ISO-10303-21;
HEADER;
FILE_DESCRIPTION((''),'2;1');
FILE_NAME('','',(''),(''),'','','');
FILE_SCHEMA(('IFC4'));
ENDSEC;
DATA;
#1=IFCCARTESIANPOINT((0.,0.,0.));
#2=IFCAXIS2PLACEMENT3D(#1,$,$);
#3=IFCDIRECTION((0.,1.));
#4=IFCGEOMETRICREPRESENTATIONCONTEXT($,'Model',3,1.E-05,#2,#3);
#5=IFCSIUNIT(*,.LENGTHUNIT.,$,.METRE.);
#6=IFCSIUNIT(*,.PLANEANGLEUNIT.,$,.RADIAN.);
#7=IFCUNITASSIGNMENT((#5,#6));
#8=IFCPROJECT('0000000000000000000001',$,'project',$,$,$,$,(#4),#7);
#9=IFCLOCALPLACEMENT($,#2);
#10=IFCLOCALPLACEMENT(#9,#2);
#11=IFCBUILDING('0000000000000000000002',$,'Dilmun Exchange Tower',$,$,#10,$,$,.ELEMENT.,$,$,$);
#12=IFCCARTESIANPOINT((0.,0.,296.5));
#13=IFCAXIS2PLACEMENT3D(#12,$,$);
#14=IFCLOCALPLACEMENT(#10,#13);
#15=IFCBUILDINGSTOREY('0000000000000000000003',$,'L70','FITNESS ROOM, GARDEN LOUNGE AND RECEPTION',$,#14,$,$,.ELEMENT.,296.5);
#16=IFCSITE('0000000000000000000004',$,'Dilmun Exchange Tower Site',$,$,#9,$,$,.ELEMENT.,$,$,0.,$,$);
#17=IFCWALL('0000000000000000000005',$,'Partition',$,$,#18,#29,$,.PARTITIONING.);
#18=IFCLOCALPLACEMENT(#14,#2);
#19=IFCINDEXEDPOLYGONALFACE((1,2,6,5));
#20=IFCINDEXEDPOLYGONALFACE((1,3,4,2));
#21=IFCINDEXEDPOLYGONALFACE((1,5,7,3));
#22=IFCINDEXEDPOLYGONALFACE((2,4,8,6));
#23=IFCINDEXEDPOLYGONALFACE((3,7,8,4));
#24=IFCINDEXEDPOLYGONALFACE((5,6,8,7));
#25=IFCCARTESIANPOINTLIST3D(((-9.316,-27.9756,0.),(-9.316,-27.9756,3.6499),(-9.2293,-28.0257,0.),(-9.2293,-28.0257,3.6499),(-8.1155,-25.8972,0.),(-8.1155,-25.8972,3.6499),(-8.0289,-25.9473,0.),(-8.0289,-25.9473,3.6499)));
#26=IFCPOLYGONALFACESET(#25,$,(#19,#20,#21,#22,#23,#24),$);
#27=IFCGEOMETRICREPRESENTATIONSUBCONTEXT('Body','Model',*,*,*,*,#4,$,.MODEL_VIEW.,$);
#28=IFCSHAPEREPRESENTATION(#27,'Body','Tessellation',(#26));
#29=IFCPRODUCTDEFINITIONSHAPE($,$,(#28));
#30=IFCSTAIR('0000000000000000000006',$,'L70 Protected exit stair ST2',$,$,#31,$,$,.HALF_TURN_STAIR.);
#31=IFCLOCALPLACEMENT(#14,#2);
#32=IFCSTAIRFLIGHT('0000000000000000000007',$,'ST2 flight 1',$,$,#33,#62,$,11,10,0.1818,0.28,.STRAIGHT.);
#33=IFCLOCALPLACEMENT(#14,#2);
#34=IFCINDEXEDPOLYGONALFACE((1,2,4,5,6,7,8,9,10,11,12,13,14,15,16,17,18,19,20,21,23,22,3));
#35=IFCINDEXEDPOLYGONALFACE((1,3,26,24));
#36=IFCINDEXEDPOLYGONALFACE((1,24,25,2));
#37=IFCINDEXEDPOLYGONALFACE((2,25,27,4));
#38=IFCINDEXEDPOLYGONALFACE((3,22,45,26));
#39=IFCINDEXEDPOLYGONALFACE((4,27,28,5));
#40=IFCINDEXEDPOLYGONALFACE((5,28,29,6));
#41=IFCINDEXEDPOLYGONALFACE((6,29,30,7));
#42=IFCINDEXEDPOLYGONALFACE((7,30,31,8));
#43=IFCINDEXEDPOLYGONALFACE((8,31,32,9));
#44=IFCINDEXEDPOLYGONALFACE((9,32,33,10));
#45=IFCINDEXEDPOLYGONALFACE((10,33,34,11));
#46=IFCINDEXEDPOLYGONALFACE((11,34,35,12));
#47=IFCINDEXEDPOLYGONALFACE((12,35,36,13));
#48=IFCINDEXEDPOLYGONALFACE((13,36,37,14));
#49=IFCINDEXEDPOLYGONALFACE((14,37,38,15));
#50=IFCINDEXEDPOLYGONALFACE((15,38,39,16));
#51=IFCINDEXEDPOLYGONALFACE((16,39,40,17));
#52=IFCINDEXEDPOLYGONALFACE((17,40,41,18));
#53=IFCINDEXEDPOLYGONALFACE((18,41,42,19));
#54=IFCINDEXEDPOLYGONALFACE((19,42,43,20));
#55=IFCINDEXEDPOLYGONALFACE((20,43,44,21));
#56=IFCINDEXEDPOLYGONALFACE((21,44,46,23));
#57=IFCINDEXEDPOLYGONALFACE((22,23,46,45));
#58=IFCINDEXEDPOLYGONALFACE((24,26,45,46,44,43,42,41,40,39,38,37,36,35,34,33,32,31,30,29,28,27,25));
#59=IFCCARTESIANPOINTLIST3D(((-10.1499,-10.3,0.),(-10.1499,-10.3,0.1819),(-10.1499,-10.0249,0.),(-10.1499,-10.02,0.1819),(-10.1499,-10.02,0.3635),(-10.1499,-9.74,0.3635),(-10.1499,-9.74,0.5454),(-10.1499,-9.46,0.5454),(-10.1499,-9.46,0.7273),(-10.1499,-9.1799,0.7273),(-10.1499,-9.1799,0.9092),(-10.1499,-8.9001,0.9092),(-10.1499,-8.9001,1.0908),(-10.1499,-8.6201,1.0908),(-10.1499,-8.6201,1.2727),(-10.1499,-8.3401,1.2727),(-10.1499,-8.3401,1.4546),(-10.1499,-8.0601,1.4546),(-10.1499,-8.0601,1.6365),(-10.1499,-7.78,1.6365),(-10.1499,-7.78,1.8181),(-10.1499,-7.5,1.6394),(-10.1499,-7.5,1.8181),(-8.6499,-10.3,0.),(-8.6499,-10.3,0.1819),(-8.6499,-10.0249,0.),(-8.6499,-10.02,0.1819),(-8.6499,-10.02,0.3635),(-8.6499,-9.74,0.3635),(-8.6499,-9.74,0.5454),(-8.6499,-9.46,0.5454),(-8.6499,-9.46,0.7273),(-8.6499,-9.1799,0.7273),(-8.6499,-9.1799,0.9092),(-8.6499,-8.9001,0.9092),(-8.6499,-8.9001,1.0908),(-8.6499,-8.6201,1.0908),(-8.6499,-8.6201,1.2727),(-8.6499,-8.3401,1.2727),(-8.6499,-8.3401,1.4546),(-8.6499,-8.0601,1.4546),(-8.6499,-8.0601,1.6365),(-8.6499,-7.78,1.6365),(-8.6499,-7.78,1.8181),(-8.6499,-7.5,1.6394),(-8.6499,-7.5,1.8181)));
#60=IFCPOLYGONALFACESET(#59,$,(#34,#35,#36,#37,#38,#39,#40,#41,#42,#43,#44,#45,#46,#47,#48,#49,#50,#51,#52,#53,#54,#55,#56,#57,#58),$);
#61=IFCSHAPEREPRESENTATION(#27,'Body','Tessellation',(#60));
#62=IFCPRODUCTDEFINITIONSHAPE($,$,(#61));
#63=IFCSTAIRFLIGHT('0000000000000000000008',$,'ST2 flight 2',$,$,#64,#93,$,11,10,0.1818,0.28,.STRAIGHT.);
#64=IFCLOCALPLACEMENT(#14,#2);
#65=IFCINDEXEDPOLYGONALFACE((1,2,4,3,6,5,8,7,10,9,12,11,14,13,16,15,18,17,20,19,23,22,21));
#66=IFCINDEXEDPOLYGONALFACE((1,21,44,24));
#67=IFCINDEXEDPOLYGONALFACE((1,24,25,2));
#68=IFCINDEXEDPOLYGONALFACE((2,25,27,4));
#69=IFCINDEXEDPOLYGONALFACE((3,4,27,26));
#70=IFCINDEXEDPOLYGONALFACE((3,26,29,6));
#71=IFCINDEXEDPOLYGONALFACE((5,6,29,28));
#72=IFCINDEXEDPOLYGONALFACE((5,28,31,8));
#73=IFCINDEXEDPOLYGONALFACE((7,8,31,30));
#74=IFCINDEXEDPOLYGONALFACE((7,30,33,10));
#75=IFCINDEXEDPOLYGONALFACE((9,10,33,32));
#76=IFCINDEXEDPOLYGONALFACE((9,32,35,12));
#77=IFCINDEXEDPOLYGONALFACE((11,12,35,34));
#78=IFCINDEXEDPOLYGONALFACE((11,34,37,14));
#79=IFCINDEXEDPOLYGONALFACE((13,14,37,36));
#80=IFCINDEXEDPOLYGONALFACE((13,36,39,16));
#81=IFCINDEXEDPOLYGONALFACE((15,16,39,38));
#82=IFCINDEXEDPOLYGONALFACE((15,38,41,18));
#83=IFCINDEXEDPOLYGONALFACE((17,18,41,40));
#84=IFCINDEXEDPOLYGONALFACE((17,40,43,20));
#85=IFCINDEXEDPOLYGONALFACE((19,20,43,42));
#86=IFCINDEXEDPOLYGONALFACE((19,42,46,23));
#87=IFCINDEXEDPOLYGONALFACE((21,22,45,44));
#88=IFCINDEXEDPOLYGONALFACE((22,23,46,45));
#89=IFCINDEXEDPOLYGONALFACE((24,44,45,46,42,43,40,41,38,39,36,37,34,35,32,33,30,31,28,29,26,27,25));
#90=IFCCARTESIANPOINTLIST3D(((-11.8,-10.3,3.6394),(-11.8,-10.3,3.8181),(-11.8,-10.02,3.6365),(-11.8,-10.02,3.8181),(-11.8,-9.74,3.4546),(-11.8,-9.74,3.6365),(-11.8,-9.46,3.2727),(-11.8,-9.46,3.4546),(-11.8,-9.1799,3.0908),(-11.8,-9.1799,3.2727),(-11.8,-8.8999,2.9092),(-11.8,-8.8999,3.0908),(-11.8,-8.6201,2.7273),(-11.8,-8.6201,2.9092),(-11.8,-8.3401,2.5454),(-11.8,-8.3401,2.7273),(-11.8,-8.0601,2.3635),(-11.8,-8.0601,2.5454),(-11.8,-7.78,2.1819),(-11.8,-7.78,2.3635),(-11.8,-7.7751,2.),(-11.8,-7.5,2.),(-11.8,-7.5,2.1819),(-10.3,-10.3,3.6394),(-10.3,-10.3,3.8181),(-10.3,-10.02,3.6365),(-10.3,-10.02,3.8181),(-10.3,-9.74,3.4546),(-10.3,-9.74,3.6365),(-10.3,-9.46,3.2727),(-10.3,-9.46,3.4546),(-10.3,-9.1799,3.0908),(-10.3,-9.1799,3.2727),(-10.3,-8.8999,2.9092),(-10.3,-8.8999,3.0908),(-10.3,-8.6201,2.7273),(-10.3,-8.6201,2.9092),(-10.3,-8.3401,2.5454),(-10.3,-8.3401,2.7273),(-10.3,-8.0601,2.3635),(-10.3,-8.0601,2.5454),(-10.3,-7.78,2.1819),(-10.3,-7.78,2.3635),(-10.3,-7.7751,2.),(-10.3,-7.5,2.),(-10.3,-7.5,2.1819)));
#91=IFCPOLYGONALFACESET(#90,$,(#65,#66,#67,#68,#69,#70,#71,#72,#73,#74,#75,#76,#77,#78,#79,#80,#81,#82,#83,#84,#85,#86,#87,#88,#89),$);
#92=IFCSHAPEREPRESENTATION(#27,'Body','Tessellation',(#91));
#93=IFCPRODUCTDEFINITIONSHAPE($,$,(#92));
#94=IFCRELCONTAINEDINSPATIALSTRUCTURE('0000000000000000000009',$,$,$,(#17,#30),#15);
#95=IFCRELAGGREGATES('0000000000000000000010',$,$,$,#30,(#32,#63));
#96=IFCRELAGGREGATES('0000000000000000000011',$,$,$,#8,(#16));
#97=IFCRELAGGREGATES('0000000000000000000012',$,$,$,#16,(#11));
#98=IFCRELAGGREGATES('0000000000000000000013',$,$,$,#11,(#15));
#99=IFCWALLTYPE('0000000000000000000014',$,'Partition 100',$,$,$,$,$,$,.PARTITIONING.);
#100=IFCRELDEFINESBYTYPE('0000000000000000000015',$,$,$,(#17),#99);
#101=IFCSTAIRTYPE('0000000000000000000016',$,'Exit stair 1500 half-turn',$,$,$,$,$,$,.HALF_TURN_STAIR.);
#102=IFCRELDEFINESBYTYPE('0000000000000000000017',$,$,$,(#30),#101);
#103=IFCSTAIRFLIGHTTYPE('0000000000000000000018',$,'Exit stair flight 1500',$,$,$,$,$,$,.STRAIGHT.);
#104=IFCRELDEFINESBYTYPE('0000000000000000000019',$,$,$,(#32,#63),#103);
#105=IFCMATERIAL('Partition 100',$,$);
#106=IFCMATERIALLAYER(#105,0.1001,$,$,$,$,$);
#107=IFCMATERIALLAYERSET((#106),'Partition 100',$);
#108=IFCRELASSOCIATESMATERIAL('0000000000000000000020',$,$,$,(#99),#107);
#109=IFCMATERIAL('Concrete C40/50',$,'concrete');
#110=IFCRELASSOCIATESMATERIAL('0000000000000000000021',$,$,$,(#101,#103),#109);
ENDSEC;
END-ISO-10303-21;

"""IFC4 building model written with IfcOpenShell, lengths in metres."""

from ifc_helpers import new_model, si_unit, direction, frame, frame_2d, origin, place, context, subcontext, project, spatial, polyline, rectangle, outline, extrude, material, layer, layer_set, type_object, element, aggregate, save


model = new_model("IFC4")

# Units and contexts
model_context = context("Model", 3, precision=1e-05, world=origin(), true_north=direction((0.0, 1.0)))
body_context = subcontext(model_context, "Body", "Model", "MODEL_VIEW")
ifc_project = project(units=[si_unit("LENGTHUNIT", "METRE"), si_unit("PLANEANGLEUNIT", "RADIAN")], contexts=[model_context])

# Site, building, storey
site_placement = place(None, origin())
site = spatial("IfcSite", under=ifc_project, at=site_placement, Name="Dilmun Exchange Tower Site", CompositionType="ELEMENT", RefElevation=0.0)
building_placement = place(site_placement, origin())
building = spatial("IfcBuilding", under=site, at=building_placement, Name="Dilmun Exchange Tower", CompositionType="ELEMENT")
storey_placement = place(building_placement, frame((0.0, 0.0, 296.5)))
storey = spatial("IfcBuildingStorey", under=building, at=storey_placement, Name="L70", Description="FITNESS ROOM, GARDEN LOUNGE AND RECEPTION", CompositionType="ELEMENT", Elevation=296.5)

# Shared definitions
ifc_material_1 = material(Name="Concrete C40/50", Category="concrete")

# Wall
ifc_material_2 = material(Name="Partition 100")
ifc_layer_1 = layer(ifc_material_2, 0.1001)
ifc_layer_set_1 = layer_set([ifc_layer_1], Name="Partition 100")
wall_type_1 = type_object("IfcWallType", Name="Partition 100", PredefinedType="PARTITIONING", material=ifc_layer_set_1)
wall_1_placement = place(storey_placement, frame((-9.2727, -28.0007, 0.0), z_axis=(0.0, 0.0, 1.0), x_axis=(0.500154, 0.865937, 0.0)))
element("IfcWall", 1, at=wall_1_placement, inside=storey, type_object=wall_type_1, Name="Partition", PredefinedType="PARTITIONING", context=body_context, shape_type="SweptSolid", body=[
    extrude(rectangle(XDim=2.4001, YDim=0.1001, at=frame_2d((1.2002, 0.0))), origin(), (0.0, 0.0, 1.0), 3.6499),
])

# Stair, stair flights
stair_type = type_object("IfcStairType", Name="Exit stair 1500 half-turn", PredefinedType="HALF_TURN_STAIR", material=ifc_material_1)
stair_placement = place(storey_placement, origin())
stair = element("IfcStair", 2, at=stair_placement, inside=storey, type_object=stair_type, Name="L70 Protected exit stair ST2", PredefinedType="HALF_TURN_STAIR")
stair_flight_type = type_object("IfcStairFlightType", Name="Exit stair flight 1500", PredefinedType="STRAIGHT", material=ifc_material_1)
stair_flight_1_placement = place(storey_placement, frame((-9.3999, -10.3, 0.0), z_axis=(0.0, 0.0, 1.0), x_axis=(0.0, 1.0, 0.0)))
stair_flight_1 = element("IfcStairFlight", 3, at=stair_flight_1_placement, type_object=stair_flight_type, Name="ST2 flight 1", NumberOfRisers=11, NumberOfTreads=10, PredefinedType="STRAIGHT", RiserHeight=0.1818, TreadLength=0.28, context=body_context, shape_type="SweptSolid", body=[
    extrude(outline(polyline([(0.0, 0.0), (0.0, 0.1819), (0.28, 0.1819), (0.28, 0.3635), (0.5601, 0.3635), (0.5601, 0.5454), (0.8401, 0.5454), (0.8401, 0.7273), (1.1201, 0.7273), (1.1201, 0.9092), (1.3999, 0.9092), (1.3999, 1.0908), (1.6799, 1.0908), (1.6799, 1.2727), (1.96, 1.2727), (1.96, 1.4546), (2.24, 1.4546), (2.24, 1.6365), (2.52, 1.6365), (2.52, 1.8181), (2.8, 1.8181), (2.8, 2.0), (2.8, 1.6394), (0.2751, 0.0), (0.0, 0.0)])), frame((0.0, 0.75, 0.0), z_axis=(0.0, -1.0, 0.0), x_axis=(1.0, 0.0, 0.0)), (0.0, 0.0, 1.0), 1.5),
])
stair_flight_2_placement = place(storey_placement, frame((-11.05, -7.5, 2.0), z_axis=(0.0, 0.0, 1.0), x_axis=(0.0, -1.0, 0.0)))
stair_flight_2 = element("IfcStairFlight", 4, at=stair_flight_2_placement, type_object=stair_flight_type, Name="ST2 flight 2", NumberOfRisers=11, NumberOfTreads=10, PredefinedType="STRAIGHT", RiserHeight=0.1818, TreadLength=0.28, context=body_context, shape_type="SweptSolid", body=[
    extrude(outline(polyline([(0.0, 0.0), (0.0, 0.1819), (0.28, 0.1819), (0.28, 0.3635), (0.5601, 0.3635), (0.5601, 0.5454), (0.8401, 0.5454), (0.8401, 0.7273), (1.1201, 0.7273), (1.1201, 0.9092), (1.3999, 0.9092), (1.3999, 1.0908), (1.6799, 1.0908), (1.6799, 1.2727), (1.96, 1.2727), (1.96, 1.4546), (2.24, 1.4546), (2.24, 1.6365), (2.52, 1.6365), (2.52, 1.8181), (2.8, 1.8181), (2.8, 2.0), (2.8, 1.6394), (0.2751, 0.0), (0.0, 0.0)])), frame((0.0, 0.75, 0.0), z_axis=(0.0, -1.0, 0.0), x_axis=(1.0, 0.0, 0.0)), (0.0, 0.0, 1.0), 1.5),
])
aggregate(stair, [stair_flight_1, stair_flight_2])

save(model, "model.ifc")
